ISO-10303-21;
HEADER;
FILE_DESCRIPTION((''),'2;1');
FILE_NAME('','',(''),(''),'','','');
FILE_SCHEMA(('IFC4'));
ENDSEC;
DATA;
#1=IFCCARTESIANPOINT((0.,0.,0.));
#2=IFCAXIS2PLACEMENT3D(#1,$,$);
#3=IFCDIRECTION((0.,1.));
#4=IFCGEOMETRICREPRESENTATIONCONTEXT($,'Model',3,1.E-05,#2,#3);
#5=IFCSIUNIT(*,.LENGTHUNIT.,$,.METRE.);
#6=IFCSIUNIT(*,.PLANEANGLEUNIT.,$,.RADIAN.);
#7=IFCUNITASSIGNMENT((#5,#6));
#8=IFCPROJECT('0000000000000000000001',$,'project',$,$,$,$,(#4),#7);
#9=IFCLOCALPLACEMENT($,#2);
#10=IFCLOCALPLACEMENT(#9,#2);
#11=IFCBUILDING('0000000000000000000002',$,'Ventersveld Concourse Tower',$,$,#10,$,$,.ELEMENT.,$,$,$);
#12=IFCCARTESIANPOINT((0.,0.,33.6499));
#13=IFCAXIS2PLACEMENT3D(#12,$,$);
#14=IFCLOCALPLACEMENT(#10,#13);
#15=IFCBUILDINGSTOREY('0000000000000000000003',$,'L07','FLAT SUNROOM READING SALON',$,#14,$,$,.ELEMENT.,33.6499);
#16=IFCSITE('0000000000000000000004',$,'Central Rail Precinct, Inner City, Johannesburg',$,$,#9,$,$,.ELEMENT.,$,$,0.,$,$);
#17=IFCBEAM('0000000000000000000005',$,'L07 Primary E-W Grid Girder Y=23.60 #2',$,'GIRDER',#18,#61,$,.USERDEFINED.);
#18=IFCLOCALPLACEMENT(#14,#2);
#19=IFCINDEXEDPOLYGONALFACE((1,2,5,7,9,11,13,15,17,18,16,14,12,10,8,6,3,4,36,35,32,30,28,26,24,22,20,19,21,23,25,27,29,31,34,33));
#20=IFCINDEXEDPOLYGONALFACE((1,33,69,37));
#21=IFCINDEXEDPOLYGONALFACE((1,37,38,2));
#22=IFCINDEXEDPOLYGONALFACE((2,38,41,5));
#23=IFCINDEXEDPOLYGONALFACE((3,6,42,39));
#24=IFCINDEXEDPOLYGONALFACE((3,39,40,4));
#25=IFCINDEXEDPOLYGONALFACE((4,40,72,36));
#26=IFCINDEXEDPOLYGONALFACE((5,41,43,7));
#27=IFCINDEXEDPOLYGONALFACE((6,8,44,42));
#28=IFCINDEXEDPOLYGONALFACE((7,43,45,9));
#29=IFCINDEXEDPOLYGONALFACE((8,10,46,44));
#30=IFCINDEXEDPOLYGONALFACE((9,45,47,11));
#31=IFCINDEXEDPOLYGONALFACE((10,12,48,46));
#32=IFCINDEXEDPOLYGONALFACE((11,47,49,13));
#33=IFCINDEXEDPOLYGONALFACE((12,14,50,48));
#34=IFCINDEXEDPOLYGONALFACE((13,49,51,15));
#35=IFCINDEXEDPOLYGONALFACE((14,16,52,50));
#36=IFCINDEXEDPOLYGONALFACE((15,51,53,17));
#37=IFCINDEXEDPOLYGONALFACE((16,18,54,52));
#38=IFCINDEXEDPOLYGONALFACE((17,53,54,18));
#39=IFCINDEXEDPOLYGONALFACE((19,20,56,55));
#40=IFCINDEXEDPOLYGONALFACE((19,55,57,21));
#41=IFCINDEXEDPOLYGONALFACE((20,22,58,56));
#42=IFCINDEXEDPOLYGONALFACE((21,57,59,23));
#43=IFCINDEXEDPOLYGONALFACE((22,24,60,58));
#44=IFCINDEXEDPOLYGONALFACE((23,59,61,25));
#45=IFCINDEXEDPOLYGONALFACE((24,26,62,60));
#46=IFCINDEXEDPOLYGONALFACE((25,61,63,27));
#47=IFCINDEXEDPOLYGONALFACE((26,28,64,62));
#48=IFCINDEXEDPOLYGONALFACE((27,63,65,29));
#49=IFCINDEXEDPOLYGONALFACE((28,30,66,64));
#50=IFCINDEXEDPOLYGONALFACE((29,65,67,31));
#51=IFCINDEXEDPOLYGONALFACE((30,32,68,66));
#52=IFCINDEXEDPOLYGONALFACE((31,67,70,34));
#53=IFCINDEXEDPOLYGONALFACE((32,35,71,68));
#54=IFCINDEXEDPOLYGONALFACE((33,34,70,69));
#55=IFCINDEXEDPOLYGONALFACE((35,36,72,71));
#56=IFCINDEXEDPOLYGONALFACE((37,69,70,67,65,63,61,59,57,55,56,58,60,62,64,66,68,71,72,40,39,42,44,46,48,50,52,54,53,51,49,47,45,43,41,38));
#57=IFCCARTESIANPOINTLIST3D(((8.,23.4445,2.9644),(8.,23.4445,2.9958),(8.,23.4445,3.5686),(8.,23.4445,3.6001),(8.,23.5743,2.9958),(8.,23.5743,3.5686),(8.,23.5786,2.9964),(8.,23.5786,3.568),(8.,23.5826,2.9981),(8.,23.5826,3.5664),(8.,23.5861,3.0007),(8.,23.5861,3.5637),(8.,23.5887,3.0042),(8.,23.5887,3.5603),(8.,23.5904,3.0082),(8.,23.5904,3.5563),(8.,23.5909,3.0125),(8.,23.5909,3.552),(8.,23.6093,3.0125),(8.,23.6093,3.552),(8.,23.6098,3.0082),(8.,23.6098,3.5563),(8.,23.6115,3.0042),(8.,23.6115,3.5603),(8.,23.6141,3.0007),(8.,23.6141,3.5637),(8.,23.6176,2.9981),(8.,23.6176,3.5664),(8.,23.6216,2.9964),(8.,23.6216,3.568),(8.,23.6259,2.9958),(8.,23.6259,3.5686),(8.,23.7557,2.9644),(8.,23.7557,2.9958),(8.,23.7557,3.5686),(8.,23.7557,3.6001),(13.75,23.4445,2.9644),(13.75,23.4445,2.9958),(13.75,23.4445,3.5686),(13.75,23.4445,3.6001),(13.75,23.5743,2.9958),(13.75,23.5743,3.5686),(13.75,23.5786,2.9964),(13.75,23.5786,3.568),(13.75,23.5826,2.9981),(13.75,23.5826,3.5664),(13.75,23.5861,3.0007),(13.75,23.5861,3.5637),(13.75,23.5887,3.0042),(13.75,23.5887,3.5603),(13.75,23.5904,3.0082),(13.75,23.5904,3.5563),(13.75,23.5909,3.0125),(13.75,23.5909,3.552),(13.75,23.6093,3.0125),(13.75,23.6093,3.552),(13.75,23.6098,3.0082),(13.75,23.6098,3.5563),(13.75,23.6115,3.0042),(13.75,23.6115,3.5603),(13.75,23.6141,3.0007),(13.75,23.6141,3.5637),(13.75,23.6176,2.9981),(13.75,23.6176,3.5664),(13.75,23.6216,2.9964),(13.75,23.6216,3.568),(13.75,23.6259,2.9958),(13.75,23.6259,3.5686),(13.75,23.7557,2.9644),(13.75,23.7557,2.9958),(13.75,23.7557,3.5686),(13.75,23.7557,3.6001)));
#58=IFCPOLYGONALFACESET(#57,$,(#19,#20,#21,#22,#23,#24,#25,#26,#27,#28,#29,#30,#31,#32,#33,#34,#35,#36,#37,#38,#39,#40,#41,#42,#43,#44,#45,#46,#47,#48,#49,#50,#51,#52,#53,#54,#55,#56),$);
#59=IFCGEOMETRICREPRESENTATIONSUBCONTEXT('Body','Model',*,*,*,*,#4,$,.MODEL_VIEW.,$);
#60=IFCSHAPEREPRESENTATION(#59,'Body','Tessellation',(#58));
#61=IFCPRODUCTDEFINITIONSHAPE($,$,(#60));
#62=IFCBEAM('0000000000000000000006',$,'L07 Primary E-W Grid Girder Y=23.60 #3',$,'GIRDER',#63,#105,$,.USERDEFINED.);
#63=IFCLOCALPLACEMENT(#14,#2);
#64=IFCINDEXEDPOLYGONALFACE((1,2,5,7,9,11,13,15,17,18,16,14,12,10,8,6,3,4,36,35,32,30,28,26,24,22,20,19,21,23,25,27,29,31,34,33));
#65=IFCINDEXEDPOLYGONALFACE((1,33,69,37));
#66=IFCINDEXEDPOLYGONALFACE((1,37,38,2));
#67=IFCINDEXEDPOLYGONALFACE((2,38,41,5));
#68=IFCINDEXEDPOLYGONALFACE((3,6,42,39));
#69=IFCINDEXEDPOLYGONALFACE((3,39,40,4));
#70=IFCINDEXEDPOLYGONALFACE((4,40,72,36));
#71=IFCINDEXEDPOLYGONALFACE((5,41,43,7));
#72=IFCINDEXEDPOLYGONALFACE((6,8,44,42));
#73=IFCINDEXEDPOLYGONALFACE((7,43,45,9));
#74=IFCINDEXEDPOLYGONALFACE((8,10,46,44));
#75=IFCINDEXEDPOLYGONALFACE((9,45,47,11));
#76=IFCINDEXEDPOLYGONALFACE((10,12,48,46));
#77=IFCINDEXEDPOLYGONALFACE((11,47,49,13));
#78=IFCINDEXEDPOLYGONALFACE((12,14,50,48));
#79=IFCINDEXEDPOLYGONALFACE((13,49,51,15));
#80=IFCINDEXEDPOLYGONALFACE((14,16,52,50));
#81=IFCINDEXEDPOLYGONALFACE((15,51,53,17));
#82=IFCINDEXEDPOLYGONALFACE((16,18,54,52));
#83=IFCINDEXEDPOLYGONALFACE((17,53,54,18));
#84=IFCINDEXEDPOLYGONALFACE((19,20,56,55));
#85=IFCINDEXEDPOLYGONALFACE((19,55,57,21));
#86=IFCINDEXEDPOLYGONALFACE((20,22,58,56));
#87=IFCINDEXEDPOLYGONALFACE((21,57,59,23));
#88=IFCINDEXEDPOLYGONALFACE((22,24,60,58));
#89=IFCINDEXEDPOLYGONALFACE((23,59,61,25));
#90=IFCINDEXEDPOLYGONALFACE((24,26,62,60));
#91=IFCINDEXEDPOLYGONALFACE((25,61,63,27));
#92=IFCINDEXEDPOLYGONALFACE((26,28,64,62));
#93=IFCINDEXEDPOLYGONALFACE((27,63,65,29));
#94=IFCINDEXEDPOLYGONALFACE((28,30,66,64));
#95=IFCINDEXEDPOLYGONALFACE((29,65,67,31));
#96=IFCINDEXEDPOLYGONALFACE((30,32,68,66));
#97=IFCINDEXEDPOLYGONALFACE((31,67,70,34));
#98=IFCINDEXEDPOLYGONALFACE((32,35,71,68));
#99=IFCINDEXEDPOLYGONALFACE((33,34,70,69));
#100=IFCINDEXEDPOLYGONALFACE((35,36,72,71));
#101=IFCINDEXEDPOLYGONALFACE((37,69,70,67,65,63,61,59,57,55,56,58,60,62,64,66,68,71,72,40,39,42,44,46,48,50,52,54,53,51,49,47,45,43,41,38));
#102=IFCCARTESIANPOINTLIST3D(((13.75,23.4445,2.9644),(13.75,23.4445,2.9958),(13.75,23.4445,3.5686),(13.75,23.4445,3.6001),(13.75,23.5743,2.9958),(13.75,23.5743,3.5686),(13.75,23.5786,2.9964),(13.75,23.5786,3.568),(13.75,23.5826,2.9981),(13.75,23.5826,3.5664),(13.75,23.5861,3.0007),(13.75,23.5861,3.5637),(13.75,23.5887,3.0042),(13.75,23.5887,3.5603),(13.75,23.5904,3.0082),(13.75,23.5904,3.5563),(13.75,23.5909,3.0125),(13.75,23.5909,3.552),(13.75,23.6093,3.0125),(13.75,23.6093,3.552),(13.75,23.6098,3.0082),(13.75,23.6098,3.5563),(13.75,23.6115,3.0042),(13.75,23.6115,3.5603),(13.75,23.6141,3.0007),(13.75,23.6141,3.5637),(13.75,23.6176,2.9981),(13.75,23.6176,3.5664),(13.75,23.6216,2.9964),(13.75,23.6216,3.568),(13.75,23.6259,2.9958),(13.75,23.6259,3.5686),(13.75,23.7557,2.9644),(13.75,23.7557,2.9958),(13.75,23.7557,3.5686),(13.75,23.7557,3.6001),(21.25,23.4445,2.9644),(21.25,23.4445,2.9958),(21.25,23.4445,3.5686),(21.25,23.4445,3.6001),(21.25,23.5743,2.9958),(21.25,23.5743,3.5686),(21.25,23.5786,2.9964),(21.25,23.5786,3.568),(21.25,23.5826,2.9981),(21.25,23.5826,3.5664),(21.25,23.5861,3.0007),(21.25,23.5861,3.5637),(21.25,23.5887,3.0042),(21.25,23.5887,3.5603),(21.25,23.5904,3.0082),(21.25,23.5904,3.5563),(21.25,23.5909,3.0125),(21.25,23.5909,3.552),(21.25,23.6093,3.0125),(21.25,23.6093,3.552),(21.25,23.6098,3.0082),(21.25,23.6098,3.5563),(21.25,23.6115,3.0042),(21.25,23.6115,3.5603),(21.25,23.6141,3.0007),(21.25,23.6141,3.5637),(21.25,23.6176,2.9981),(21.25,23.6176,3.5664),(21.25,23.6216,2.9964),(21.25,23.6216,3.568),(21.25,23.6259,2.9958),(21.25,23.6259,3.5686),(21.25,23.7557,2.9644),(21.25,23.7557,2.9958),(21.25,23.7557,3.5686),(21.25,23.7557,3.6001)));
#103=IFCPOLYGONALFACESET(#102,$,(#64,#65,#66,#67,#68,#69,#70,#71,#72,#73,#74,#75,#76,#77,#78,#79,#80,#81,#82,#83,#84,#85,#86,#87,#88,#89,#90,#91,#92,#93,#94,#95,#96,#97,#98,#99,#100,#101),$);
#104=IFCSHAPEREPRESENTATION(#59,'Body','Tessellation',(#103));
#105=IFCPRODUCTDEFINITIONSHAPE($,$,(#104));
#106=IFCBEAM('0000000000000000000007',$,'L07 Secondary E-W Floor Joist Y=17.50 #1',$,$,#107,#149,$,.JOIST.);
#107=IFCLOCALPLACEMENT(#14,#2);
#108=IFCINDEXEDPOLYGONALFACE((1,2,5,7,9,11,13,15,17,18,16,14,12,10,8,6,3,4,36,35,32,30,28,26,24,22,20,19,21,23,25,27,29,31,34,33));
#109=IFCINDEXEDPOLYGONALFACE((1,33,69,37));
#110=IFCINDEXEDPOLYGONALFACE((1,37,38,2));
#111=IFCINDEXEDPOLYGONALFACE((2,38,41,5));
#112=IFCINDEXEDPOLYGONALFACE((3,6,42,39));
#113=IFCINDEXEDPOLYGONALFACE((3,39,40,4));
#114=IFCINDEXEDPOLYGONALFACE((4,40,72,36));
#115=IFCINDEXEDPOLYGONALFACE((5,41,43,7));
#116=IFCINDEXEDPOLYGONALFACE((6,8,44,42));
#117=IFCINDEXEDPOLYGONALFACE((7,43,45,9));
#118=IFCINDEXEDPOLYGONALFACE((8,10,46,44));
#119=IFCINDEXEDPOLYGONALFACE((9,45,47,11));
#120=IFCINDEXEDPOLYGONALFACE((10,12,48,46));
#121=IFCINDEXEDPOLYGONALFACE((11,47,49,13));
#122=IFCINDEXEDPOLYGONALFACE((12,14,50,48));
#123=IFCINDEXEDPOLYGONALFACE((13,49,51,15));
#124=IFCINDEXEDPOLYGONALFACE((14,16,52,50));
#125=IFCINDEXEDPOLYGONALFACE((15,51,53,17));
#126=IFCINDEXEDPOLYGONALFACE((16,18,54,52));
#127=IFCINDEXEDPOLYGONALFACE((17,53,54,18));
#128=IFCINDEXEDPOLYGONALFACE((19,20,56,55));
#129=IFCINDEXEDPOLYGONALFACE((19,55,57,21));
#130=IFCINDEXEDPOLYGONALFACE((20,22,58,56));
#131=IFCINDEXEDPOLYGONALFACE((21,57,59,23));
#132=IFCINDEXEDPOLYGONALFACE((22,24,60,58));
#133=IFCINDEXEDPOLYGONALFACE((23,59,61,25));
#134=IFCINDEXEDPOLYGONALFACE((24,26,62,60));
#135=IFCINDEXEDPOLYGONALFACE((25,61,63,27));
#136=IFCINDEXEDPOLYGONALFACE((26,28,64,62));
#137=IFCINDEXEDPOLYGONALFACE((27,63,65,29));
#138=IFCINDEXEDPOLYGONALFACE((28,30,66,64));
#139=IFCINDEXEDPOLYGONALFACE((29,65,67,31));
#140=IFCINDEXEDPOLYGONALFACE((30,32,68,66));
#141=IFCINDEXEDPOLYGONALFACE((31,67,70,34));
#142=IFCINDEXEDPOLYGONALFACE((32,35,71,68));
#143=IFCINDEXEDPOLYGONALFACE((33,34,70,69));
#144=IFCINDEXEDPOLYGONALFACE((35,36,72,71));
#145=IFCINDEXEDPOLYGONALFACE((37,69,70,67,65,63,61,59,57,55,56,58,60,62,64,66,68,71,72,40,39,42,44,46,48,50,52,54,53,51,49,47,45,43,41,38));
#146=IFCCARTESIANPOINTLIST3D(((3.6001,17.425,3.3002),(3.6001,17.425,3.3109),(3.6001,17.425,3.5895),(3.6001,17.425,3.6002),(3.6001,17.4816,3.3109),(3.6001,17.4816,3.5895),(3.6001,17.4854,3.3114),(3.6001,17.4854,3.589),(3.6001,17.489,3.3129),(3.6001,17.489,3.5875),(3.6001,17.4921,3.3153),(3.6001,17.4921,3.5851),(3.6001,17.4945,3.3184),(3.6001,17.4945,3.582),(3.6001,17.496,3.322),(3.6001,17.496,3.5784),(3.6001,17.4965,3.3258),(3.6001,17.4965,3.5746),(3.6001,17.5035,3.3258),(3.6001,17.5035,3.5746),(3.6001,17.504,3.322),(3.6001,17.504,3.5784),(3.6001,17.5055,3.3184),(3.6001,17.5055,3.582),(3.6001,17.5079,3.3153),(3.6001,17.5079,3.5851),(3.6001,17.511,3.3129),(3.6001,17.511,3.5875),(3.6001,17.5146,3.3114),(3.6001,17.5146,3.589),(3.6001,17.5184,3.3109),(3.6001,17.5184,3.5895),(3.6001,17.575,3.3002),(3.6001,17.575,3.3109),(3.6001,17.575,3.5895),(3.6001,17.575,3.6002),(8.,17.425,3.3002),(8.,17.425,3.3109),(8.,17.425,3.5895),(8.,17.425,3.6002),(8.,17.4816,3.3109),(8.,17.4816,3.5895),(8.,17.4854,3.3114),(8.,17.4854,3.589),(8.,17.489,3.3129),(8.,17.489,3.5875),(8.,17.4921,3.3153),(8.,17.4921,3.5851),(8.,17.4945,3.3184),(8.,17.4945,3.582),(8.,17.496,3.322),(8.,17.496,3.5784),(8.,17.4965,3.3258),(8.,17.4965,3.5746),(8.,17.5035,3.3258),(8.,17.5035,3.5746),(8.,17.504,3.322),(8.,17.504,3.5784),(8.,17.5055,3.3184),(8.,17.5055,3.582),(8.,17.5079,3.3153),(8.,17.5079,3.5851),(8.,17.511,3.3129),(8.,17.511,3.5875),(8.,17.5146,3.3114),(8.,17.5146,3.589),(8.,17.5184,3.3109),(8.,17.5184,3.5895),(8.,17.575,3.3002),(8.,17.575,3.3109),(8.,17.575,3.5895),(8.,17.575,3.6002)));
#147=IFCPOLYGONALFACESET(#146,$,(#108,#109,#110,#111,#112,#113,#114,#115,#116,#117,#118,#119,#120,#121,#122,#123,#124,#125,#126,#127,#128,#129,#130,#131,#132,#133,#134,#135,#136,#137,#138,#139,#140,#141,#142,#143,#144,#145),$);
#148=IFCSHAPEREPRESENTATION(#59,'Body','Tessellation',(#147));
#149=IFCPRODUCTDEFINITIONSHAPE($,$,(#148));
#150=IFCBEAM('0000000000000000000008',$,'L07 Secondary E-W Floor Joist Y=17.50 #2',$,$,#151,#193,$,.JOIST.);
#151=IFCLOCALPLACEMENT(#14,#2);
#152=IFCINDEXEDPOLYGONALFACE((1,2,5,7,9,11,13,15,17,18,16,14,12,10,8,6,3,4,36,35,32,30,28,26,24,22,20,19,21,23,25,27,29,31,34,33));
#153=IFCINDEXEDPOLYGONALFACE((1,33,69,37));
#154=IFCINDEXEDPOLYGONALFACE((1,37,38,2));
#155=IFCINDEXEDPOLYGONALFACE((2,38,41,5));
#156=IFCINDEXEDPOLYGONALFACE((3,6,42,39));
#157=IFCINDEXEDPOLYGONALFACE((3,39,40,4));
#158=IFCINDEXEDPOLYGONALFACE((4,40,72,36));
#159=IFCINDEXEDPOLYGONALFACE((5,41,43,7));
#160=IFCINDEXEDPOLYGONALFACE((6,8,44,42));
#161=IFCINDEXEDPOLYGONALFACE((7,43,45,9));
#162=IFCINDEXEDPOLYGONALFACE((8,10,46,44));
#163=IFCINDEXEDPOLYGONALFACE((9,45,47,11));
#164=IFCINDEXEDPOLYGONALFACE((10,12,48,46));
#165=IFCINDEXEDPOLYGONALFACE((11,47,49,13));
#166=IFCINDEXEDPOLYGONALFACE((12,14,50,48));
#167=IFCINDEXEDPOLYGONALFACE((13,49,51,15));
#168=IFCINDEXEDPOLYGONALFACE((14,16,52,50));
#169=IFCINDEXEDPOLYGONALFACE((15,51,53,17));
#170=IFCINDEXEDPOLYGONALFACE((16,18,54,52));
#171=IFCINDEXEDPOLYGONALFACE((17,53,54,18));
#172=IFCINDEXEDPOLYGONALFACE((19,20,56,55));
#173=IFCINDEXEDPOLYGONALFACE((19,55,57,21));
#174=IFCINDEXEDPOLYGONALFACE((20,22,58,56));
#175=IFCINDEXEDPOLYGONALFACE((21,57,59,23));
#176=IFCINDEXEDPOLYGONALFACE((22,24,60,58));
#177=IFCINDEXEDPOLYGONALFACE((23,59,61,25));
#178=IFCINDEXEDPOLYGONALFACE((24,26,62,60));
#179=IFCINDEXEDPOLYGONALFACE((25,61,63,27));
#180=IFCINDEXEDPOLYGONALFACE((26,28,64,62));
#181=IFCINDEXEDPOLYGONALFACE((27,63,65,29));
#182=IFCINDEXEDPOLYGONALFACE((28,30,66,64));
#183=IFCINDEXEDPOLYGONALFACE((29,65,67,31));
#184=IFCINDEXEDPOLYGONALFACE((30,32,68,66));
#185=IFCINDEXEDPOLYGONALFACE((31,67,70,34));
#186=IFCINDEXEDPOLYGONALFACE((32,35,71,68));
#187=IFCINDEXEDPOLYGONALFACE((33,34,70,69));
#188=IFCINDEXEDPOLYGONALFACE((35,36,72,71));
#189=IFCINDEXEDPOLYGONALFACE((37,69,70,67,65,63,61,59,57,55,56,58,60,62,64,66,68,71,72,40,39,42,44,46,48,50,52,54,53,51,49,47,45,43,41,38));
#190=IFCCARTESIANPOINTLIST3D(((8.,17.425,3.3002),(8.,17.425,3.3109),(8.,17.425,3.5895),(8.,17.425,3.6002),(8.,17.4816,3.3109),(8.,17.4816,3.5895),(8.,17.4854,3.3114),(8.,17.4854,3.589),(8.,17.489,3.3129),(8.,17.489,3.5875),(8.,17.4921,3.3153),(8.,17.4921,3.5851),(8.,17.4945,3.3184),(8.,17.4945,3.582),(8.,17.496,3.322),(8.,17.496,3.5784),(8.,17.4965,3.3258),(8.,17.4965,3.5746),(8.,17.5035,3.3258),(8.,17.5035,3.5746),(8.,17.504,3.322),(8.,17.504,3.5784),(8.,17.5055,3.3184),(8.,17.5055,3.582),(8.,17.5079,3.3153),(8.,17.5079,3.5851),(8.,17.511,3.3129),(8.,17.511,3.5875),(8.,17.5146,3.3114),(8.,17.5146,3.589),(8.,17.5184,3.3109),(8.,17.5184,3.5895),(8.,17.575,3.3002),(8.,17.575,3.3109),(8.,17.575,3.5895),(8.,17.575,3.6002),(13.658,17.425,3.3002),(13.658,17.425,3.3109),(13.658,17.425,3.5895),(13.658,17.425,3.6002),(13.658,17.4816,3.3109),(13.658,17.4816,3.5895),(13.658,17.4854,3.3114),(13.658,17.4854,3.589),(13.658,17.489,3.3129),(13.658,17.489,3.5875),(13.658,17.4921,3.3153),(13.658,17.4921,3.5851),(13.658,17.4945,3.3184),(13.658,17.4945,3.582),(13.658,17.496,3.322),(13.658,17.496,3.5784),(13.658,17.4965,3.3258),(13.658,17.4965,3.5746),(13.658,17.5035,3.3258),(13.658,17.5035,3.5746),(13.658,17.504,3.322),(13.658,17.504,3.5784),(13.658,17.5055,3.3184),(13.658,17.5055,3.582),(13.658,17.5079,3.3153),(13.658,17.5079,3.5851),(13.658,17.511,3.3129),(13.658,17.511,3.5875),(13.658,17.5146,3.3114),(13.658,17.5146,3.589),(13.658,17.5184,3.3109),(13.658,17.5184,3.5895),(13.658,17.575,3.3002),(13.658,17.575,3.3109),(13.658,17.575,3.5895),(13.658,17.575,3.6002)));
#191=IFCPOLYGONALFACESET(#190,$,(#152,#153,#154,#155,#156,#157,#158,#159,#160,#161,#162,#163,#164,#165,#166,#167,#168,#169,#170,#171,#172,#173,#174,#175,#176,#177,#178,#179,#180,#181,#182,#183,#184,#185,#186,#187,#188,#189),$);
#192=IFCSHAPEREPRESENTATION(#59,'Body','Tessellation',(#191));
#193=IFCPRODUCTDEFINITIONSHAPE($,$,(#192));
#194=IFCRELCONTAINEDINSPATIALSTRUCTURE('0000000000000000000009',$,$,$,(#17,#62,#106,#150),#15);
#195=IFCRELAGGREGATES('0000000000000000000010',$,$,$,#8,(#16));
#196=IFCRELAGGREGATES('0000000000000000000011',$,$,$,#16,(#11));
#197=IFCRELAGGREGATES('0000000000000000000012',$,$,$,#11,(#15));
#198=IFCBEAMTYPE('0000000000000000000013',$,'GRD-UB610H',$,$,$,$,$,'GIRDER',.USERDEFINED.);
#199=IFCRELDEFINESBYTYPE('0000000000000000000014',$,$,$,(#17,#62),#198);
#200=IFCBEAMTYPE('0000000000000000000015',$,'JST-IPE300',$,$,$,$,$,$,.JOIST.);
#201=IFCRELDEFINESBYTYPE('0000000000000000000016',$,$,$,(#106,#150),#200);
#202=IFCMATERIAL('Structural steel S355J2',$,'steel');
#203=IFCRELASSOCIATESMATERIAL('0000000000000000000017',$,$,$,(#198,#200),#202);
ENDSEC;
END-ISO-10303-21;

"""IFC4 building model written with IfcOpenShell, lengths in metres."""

from ifc_helpers import new_model, si_unit, direction, frame, origin, origin_2d, place, context, subcontext, project, spatial, i_section, extrude, material, material_profile, profile_set, type_object, element, save


model = new_model("IFC4")

# Units and contexts
model_context = context("Model", 3, precision=1e-05, world=origin(), true_north=direction((0.0, 1.0)))
body_context = subcontext(model_context, "Body", "Model", "MODEL_VIEW")
ifc_project = project(units=[si_unit("LENGTHUNIT", "METRE"), si_unit("PLANEANGLEUNIT", "RADIAN")], contexts=[model_context])

# Site, building, storey
site_placement = place(None, origin())
site = spatial("IfcSite", under=ifc_project, at=site_placement, Name="Central Rail Precinct, Inner City, Johannesburg", CompositionType="ELEMENT", RefElevation=0.0)
building_placement = place(site_placement, origin())
building = spatial("IfcBuilding", under=site, at=building_placement, Name="Ventersveld Concourse Tower", CompositionType="ELEMENT")
storey_placement = place(building_placement, frame((0.0, 0.0, 33.6499)))
storey = spatial("IfcBuildingStorey", under=building, at=storey_placement, Name="L07", Description="FLAT SUNROOM READING SALON", CompositionType="ELEMENT", Elevation=33.6499)

# Beams
ifc_material_1 = material(Name="Structural steel S355J2", Category="steel")
ifc_material_profile_1 = material_profile(ifc_material_1, i_section(OverallWidth=0.3113, OverallDepth=0.6357, WebThickness=0.0183, FlangeThickness=0.0315, FilletRadius=0.0166, at=origin_2d()), Name="UB 610x305x238")
ifc_profile_set_1 = profile_set([ifc_material_profile_1], Name="Structural steel S355J2")
beam_type_1 = type_object("IfcBeamType", Name="GRD-UB610H", ElementType="GIRDER", PredefinedType="USERDEFINED", material=ifc_profile_set_1)
beam_1_placement = place(storey_placement, frame((8.0, 23.6001, 3.2822), z_axis=(1.0, 0.0, 0.0), x_axis=(0.0, 1.0, 0.0)))
element("IfcBeam", 1, at=beam_1_placement, inside=storey, type_object=beam_type_1, Name="L07 Primary E-W Grid Girder Y=23.60 #2", ObjectType="GIRDER", PredefinedType="USERDEFINED", context=body_context, shape_type="SweptSolid", body=[
    extrude(i_section(OverallWidth=0.3113, OverallDepth=0.6357, WebThickness=0.0183, FlangeThickness=0.0315, FilletRadius=0.0166, at=origin_2d()), origin(), (0.0, 0.0, 1.0), 5.75),
])
beam_2_placement = place(storey_placement, frame((13.75, 23.6001, 3.2822), z_axis=(1.0, 0.0, 0.0), x_axis=(0.0, 1.0, 0.0)))
element("IfcBeam", 2, at=beam_2_placement, inside=storey, type_object=beam_type_1, Name="L07 Primary E-W Grid Girder Y=23.60 #3", ObjectType="GIRDER", PredefinedType="USERDEFINED", context=body_context, shape_type="SweptSolid", body=[
    extrude(i_section(OverallWidth=0.3113, OverallDepth=0.6357, WebThickness=0.0183, FlangeThickness=0.0315, FilletRadius=0.0166, at=origin_2d()), origin(), (0.0, 0.0, 1.0), 7.5),
])
ifc_material_profile_2 = material_profile(ifc_material_1, i_section(OverallWidth=0.1499, OverallDepth=0.3, WebThickness=0.0071, FlangeThickness=0.0107, FilletRadius=0.0149, at=origin_2d()), Name="IPE 300")
ifc_profile_set_2 = profile_set([ifc_material_profile_2], Name="Structural steel S355J2")
beam_type_2 = type_object("IfcBeamType", Name="JST-IPE300", PredefinedType="JOIST", material=ifc_profile_set_2)
beam_3_placement = place(storey_placement, frame((3.6001, 17.5, 3.4502), z_axis=(1.0, 0.0, 0.0), x_axis=(0.0, 1.0, 0.0)))
element("IfcBeam", 3, at=beam_3_placement, inside=storey, type_object=beam_type_2, Name="L07 Secondary E-W Floor Joist Y=17.50 #1", PredefinedType="JOIST", context=body_context, shape_type="SweptSolid", body=[
    extrude(i_section(OverallWidth=0.1499, OverallDepth=0.3, WebThickness=0.0071, FlangeThickness=0.0107, FilletRadius=0.0149, at=origin_2d()), origin(), (0.0, 0.0, 1.0), 4.3999),
])
beam_4_placement = place(storey_placement, frame((8.0, 17.5, 3.4502), z_axis=(1.0, 0.0, 0.0), x_axis=(0.0, 1.0, 0.0)))
element("IfcBeam", 4, at=beam_4_placement, inside=storey, type_object=beam_type_2, Name="L07 Secondary E-W Floor Joist Y=17.50 #2", PredefinedType="JOIST", context=body_context, shape_type="SweptSolid", body=[
    extrude(i_section(OverallWidth=0.1499, OverallDepth=0.3, WebThickness=0.0071, FlangeThickness=0.0107, FilletRadius=0.0149, at=origin_2d()), origin(), (0.0, 0.0, 1.0), 5.658),
])

save(model, "model.ifc")
